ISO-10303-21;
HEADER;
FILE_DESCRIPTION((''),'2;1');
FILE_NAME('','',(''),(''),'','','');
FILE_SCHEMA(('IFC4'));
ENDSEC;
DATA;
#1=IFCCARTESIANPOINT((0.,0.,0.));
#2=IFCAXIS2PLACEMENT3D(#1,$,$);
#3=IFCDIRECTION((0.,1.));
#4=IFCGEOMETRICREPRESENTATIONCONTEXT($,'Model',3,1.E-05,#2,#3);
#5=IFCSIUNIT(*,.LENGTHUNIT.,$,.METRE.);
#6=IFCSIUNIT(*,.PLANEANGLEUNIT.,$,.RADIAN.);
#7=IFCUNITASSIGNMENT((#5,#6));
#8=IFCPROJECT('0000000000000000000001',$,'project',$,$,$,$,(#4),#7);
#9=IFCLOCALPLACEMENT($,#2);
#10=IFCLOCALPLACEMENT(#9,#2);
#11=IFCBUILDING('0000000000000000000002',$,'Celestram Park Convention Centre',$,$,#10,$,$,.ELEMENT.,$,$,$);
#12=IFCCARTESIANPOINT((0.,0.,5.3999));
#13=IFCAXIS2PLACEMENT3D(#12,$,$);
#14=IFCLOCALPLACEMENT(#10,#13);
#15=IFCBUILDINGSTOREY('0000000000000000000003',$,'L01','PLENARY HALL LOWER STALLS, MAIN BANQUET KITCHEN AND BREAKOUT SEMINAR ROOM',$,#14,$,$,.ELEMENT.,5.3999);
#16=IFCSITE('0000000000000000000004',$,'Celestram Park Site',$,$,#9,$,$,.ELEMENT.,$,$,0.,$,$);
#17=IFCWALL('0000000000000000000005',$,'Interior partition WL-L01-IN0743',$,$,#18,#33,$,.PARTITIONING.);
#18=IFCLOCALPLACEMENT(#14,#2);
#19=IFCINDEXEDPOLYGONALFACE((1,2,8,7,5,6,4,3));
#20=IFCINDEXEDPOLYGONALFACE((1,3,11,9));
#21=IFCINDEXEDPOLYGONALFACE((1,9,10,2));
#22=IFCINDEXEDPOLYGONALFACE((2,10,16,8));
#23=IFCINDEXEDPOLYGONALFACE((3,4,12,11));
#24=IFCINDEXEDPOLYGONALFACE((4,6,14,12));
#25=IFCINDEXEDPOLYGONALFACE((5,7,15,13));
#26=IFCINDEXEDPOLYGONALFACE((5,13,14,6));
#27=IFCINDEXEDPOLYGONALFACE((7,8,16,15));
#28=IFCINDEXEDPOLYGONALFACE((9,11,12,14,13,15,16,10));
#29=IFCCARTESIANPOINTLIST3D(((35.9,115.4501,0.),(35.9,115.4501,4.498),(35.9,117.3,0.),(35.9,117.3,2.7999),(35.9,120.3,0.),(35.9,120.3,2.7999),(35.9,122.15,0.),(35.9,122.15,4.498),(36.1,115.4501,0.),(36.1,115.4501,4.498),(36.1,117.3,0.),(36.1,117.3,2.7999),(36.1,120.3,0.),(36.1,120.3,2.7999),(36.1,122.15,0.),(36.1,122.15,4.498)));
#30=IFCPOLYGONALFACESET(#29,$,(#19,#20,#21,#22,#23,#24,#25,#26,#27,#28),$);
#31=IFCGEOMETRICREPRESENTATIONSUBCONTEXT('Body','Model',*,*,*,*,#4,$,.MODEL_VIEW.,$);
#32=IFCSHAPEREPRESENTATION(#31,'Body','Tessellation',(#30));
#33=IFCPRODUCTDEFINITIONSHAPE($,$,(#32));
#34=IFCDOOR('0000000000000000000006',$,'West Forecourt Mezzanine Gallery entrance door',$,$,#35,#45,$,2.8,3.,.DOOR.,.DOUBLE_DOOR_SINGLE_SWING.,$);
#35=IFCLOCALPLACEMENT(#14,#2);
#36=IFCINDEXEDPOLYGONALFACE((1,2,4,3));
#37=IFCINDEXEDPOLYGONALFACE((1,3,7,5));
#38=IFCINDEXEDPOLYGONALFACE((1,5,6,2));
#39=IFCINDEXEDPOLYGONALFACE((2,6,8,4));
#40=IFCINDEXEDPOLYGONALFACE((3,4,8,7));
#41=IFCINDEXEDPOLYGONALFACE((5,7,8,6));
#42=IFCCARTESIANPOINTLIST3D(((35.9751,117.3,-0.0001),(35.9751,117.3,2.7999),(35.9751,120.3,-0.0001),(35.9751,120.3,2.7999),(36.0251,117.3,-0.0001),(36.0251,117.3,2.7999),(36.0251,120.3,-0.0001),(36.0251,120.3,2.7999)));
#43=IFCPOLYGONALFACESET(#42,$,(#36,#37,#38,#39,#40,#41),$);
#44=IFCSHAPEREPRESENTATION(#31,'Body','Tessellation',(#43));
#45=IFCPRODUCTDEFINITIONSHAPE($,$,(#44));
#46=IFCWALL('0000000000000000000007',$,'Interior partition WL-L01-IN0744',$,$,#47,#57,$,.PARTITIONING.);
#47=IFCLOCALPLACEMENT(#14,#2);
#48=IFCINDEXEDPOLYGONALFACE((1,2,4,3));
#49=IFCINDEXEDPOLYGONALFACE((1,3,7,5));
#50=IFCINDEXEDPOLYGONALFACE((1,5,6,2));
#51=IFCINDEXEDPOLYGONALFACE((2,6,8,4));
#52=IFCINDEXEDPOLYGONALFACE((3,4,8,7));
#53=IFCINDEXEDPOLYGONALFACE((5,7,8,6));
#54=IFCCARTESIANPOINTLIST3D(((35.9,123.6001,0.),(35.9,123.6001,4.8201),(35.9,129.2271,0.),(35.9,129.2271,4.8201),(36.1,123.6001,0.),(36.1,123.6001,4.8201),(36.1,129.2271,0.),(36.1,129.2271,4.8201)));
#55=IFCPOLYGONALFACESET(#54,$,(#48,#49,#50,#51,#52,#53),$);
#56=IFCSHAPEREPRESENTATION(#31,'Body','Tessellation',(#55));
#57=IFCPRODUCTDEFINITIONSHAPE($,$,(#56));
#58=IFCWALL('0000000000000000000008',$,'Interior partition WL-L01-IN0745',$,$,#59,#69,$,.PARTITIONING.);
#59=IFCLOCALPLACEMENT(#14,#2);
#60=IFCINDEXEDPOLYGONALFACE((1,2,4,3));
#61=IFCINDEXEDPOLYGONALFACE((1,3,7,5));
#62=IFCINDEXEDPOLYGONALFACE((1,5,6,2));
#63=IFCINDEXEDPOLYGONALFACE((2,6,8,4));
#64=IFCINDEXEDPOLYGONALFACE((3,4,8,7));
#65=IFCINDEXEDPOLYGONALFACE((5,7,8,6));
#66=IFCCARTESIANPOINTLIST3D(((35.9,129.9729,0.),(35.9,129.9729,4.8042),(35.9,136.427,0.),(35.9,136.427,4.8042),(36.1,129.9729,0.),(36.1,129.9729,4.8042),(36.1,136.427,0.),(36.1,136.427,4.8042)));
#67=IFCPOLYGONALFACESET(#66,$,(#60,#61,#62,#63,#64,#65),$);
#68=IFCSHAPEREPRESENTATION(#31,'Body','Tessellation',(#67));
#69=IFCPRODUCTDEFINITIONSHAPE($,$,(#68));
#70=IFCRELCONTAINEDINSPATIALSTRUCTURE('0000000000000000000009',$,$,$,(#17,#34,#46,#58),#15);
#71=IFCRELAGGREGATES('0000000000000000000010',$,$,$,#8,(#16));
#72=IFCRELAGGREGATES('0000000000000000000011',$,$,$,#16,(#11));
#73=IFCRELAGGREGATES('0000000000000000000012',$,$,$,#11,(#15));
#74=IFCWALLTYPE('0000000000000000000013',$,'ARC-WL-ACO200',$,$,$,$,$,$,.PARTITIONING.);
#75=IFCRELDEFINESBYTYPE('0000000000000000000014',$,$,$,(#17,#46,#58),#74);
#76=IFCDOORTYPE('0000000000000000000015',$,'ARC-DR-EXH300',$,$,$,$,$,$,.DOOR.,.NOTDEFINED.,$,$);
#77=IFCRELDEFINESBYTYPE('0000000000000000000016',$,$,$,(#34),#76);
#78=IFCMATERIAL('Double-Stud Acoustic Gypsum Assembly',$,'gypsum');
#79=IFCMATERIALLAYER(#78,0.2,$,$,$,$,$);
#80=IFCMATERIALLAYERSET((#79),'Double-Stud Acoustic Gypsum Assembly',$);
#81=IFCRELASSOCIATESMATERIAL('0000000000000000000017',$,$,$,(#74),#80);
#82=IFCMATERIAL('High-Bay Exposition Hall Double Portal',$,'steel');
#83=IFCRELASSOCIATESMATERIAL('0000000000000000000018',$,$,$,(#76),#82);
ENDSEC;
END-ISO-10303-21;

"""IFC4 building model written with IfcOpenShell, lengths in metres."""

from ifc_helpers import new_model, si_unit, direction, frame, frame_2d, origin, place, context, subcontext, project, spatial, rectangle, extrude, material, layer, layer_set, type_object, element, fill, save


model = new_model("IFC4")

# Units and contexts
model_context = context("Model", 3, precision=1e-05, world=origin(), true_north=direction((0.0, 1.0)))
body_context = subcontext(model_context, "Body", "Model", "MODEL_VIEW")
ifc_project = project(units=[si_unit("LENGTHUNIT", "METRE"), si_unit("PLANEANGLEUNIT", "RADIAN")], contexts=[model_context])

# Site, building, storey
site_placement = place(None, origin())
site = spatial("IfcSite", under=ifc_project, at=site_placement, Name="Celestram Park Site", CompositionType="ELEMENT", RefElevation=0.0)
building_placement = place(site_placement, origin())
building = spatial("IfcBuilding", under=site, at=building_placement, Name="Celestram Park Convention Centre", CompositionType="ELEMENT")
storey_placement = place(building_placement, frame((0.0, 0.0, 5.3999)))
storey = spatial("IfcBuildingStorey", under=building, at=storey_placement, Name="L01", Description="PLENARY HALL LOWER STALLS, MAIN BANQUET KITCHEN AND BREAKOUT SEMINAR ROOM", CompositionType="ELEMENT", Elevation=5.3999)

# Wall, opening, door
ifc_material_1 = material(Name="Double-Stud Acoustic Gypsum Assembly", Category="gypsum")
ifc_layer_1 = layer(ifc_material_1, 0.2)
ifc_layer_set_1 = layer_set([ifc_layer_1], Name="Double-Stud Acoustic Gypsum Assembly")
wall_type = type_object("IfcWallType", Name="ARC-WL-ACO200", PredefinedType="PARTITIONING", material=ifc_layer_set_1)
wall_1_placement = place(storey_placement, frame((36.0, 115.45, 0.0), z_axis=(0.0, 0.0, 1.0), x_axis=(0.0, 1.0, 0.0)))
wall_1 = element("IfcWall", 1, at=wall_1_placement, inside=storey, type_object=wall_type, Name="Interior partition WL-L01-IN0743", PredefinedType="PARTITIONING", context=body_context, shape_type="SweptSolid", body=[
    extrude(rectangle(XDim=6.7, YDim=0.2, at=frame_2d((3.3501, 0.0))), origin(), (0.0, 0.0, 1.0), 4.498),
])
opening_placement = place(wall_1_placement, frame((1.8501, 0.0, 0.0)))
opening = element("IfcOpeningElement", 2, at=opening_placement, cuts=wall_1, PredefinedType="OPENING", context=body_context, shape_type="SweptSolid", body=[
    extrude(rectangle(XDim=3.0, YDim=2.8, at=frame_2d((1.5, 1.3999))), frame((0.0, 0.1099, 0.0), z_axis=(0.0, -1.0, 0.0), x_axis=(1.0, 0.0, 0.0)), (0.0, 0.0, 1.0), 0.22),
])
ifc_material_2 = material(Name="High-Bay Exposition Hall Double Portal", Category="steel")
door_type = type_object("IfcDoorType", Name="ARC-DR-EXH300", OperationType="NOTDEFINED", PredefinedType="DOOR", material=ifc_material_2)
door_placement = place(opening_placement, origin())
door = element("IfcDoor", 3, at=door_placement, inside=storey, type_object=door_type, Name="West Forecourt Mezzanine Gallery entrance door", OperationType="DOUBLE_DOOR_SINGLE_SWING", OverallHeight=2.8, OverallWidth=3.0, PredefinedType="DOOR", context=body_context, shape_type="SweptSolid", body=[
    extrude(rectangle(XDim=3.0, YDim=2.8, at=frame_2d((1.5, 1.3999))), frame((0.0, 0.0249, 0.0), z_axis=(0.0, -1.0, 0.0), x_axis=(1.0, 0.0, 0.0)), (0.0, 0.0, 1.0), 0.05),
])
fill(opening, door)

# Walls
wall_2_placement = place(storey_placement, frame((36.0, 123.6001, 0.0), z_axis=(0.0, 0.0, 1.0), x_axis=(0.0, 1.0, 0.0)))
element("IfcWall", 4, at=wall_2_placement, inside=storey, type_object=wall_type, Name="Interior partition WL-L01-IN0744", PredefinedType="PARTITIONING", context=body_context, shape_type="SweptSolid", body=[
    extrude(rectangle(XDim=5.627, YDim=0.2, at=frame_2d((2.8135, 0.0))), origin(), (0.0, 0.0, 1.0), 4.8201),
])
wall_3_placement = place(storey_placement, frame((36.0, 129.9729, 0.0), z_axis=(0.0, 0.0, 1.0), x_axis=(0.0, 1.0, 0.0)))
element("IfcWall", 5, at=wall_3_placement, inside=storey, type_object=wall_type, Name="Interior partition WL-L01-IN0745", PredefinedType="PARTITIONING", context=body_context, shape_type="SweptSolid", body=[
    extrude(rectangle(XDim=6.4541, YDim=0.2, at=frame_2d((3.2271, 0.0))), origin(), (0.0, 0.0, 1.0), 4.8042),
])

save(model, "model.ifc")
